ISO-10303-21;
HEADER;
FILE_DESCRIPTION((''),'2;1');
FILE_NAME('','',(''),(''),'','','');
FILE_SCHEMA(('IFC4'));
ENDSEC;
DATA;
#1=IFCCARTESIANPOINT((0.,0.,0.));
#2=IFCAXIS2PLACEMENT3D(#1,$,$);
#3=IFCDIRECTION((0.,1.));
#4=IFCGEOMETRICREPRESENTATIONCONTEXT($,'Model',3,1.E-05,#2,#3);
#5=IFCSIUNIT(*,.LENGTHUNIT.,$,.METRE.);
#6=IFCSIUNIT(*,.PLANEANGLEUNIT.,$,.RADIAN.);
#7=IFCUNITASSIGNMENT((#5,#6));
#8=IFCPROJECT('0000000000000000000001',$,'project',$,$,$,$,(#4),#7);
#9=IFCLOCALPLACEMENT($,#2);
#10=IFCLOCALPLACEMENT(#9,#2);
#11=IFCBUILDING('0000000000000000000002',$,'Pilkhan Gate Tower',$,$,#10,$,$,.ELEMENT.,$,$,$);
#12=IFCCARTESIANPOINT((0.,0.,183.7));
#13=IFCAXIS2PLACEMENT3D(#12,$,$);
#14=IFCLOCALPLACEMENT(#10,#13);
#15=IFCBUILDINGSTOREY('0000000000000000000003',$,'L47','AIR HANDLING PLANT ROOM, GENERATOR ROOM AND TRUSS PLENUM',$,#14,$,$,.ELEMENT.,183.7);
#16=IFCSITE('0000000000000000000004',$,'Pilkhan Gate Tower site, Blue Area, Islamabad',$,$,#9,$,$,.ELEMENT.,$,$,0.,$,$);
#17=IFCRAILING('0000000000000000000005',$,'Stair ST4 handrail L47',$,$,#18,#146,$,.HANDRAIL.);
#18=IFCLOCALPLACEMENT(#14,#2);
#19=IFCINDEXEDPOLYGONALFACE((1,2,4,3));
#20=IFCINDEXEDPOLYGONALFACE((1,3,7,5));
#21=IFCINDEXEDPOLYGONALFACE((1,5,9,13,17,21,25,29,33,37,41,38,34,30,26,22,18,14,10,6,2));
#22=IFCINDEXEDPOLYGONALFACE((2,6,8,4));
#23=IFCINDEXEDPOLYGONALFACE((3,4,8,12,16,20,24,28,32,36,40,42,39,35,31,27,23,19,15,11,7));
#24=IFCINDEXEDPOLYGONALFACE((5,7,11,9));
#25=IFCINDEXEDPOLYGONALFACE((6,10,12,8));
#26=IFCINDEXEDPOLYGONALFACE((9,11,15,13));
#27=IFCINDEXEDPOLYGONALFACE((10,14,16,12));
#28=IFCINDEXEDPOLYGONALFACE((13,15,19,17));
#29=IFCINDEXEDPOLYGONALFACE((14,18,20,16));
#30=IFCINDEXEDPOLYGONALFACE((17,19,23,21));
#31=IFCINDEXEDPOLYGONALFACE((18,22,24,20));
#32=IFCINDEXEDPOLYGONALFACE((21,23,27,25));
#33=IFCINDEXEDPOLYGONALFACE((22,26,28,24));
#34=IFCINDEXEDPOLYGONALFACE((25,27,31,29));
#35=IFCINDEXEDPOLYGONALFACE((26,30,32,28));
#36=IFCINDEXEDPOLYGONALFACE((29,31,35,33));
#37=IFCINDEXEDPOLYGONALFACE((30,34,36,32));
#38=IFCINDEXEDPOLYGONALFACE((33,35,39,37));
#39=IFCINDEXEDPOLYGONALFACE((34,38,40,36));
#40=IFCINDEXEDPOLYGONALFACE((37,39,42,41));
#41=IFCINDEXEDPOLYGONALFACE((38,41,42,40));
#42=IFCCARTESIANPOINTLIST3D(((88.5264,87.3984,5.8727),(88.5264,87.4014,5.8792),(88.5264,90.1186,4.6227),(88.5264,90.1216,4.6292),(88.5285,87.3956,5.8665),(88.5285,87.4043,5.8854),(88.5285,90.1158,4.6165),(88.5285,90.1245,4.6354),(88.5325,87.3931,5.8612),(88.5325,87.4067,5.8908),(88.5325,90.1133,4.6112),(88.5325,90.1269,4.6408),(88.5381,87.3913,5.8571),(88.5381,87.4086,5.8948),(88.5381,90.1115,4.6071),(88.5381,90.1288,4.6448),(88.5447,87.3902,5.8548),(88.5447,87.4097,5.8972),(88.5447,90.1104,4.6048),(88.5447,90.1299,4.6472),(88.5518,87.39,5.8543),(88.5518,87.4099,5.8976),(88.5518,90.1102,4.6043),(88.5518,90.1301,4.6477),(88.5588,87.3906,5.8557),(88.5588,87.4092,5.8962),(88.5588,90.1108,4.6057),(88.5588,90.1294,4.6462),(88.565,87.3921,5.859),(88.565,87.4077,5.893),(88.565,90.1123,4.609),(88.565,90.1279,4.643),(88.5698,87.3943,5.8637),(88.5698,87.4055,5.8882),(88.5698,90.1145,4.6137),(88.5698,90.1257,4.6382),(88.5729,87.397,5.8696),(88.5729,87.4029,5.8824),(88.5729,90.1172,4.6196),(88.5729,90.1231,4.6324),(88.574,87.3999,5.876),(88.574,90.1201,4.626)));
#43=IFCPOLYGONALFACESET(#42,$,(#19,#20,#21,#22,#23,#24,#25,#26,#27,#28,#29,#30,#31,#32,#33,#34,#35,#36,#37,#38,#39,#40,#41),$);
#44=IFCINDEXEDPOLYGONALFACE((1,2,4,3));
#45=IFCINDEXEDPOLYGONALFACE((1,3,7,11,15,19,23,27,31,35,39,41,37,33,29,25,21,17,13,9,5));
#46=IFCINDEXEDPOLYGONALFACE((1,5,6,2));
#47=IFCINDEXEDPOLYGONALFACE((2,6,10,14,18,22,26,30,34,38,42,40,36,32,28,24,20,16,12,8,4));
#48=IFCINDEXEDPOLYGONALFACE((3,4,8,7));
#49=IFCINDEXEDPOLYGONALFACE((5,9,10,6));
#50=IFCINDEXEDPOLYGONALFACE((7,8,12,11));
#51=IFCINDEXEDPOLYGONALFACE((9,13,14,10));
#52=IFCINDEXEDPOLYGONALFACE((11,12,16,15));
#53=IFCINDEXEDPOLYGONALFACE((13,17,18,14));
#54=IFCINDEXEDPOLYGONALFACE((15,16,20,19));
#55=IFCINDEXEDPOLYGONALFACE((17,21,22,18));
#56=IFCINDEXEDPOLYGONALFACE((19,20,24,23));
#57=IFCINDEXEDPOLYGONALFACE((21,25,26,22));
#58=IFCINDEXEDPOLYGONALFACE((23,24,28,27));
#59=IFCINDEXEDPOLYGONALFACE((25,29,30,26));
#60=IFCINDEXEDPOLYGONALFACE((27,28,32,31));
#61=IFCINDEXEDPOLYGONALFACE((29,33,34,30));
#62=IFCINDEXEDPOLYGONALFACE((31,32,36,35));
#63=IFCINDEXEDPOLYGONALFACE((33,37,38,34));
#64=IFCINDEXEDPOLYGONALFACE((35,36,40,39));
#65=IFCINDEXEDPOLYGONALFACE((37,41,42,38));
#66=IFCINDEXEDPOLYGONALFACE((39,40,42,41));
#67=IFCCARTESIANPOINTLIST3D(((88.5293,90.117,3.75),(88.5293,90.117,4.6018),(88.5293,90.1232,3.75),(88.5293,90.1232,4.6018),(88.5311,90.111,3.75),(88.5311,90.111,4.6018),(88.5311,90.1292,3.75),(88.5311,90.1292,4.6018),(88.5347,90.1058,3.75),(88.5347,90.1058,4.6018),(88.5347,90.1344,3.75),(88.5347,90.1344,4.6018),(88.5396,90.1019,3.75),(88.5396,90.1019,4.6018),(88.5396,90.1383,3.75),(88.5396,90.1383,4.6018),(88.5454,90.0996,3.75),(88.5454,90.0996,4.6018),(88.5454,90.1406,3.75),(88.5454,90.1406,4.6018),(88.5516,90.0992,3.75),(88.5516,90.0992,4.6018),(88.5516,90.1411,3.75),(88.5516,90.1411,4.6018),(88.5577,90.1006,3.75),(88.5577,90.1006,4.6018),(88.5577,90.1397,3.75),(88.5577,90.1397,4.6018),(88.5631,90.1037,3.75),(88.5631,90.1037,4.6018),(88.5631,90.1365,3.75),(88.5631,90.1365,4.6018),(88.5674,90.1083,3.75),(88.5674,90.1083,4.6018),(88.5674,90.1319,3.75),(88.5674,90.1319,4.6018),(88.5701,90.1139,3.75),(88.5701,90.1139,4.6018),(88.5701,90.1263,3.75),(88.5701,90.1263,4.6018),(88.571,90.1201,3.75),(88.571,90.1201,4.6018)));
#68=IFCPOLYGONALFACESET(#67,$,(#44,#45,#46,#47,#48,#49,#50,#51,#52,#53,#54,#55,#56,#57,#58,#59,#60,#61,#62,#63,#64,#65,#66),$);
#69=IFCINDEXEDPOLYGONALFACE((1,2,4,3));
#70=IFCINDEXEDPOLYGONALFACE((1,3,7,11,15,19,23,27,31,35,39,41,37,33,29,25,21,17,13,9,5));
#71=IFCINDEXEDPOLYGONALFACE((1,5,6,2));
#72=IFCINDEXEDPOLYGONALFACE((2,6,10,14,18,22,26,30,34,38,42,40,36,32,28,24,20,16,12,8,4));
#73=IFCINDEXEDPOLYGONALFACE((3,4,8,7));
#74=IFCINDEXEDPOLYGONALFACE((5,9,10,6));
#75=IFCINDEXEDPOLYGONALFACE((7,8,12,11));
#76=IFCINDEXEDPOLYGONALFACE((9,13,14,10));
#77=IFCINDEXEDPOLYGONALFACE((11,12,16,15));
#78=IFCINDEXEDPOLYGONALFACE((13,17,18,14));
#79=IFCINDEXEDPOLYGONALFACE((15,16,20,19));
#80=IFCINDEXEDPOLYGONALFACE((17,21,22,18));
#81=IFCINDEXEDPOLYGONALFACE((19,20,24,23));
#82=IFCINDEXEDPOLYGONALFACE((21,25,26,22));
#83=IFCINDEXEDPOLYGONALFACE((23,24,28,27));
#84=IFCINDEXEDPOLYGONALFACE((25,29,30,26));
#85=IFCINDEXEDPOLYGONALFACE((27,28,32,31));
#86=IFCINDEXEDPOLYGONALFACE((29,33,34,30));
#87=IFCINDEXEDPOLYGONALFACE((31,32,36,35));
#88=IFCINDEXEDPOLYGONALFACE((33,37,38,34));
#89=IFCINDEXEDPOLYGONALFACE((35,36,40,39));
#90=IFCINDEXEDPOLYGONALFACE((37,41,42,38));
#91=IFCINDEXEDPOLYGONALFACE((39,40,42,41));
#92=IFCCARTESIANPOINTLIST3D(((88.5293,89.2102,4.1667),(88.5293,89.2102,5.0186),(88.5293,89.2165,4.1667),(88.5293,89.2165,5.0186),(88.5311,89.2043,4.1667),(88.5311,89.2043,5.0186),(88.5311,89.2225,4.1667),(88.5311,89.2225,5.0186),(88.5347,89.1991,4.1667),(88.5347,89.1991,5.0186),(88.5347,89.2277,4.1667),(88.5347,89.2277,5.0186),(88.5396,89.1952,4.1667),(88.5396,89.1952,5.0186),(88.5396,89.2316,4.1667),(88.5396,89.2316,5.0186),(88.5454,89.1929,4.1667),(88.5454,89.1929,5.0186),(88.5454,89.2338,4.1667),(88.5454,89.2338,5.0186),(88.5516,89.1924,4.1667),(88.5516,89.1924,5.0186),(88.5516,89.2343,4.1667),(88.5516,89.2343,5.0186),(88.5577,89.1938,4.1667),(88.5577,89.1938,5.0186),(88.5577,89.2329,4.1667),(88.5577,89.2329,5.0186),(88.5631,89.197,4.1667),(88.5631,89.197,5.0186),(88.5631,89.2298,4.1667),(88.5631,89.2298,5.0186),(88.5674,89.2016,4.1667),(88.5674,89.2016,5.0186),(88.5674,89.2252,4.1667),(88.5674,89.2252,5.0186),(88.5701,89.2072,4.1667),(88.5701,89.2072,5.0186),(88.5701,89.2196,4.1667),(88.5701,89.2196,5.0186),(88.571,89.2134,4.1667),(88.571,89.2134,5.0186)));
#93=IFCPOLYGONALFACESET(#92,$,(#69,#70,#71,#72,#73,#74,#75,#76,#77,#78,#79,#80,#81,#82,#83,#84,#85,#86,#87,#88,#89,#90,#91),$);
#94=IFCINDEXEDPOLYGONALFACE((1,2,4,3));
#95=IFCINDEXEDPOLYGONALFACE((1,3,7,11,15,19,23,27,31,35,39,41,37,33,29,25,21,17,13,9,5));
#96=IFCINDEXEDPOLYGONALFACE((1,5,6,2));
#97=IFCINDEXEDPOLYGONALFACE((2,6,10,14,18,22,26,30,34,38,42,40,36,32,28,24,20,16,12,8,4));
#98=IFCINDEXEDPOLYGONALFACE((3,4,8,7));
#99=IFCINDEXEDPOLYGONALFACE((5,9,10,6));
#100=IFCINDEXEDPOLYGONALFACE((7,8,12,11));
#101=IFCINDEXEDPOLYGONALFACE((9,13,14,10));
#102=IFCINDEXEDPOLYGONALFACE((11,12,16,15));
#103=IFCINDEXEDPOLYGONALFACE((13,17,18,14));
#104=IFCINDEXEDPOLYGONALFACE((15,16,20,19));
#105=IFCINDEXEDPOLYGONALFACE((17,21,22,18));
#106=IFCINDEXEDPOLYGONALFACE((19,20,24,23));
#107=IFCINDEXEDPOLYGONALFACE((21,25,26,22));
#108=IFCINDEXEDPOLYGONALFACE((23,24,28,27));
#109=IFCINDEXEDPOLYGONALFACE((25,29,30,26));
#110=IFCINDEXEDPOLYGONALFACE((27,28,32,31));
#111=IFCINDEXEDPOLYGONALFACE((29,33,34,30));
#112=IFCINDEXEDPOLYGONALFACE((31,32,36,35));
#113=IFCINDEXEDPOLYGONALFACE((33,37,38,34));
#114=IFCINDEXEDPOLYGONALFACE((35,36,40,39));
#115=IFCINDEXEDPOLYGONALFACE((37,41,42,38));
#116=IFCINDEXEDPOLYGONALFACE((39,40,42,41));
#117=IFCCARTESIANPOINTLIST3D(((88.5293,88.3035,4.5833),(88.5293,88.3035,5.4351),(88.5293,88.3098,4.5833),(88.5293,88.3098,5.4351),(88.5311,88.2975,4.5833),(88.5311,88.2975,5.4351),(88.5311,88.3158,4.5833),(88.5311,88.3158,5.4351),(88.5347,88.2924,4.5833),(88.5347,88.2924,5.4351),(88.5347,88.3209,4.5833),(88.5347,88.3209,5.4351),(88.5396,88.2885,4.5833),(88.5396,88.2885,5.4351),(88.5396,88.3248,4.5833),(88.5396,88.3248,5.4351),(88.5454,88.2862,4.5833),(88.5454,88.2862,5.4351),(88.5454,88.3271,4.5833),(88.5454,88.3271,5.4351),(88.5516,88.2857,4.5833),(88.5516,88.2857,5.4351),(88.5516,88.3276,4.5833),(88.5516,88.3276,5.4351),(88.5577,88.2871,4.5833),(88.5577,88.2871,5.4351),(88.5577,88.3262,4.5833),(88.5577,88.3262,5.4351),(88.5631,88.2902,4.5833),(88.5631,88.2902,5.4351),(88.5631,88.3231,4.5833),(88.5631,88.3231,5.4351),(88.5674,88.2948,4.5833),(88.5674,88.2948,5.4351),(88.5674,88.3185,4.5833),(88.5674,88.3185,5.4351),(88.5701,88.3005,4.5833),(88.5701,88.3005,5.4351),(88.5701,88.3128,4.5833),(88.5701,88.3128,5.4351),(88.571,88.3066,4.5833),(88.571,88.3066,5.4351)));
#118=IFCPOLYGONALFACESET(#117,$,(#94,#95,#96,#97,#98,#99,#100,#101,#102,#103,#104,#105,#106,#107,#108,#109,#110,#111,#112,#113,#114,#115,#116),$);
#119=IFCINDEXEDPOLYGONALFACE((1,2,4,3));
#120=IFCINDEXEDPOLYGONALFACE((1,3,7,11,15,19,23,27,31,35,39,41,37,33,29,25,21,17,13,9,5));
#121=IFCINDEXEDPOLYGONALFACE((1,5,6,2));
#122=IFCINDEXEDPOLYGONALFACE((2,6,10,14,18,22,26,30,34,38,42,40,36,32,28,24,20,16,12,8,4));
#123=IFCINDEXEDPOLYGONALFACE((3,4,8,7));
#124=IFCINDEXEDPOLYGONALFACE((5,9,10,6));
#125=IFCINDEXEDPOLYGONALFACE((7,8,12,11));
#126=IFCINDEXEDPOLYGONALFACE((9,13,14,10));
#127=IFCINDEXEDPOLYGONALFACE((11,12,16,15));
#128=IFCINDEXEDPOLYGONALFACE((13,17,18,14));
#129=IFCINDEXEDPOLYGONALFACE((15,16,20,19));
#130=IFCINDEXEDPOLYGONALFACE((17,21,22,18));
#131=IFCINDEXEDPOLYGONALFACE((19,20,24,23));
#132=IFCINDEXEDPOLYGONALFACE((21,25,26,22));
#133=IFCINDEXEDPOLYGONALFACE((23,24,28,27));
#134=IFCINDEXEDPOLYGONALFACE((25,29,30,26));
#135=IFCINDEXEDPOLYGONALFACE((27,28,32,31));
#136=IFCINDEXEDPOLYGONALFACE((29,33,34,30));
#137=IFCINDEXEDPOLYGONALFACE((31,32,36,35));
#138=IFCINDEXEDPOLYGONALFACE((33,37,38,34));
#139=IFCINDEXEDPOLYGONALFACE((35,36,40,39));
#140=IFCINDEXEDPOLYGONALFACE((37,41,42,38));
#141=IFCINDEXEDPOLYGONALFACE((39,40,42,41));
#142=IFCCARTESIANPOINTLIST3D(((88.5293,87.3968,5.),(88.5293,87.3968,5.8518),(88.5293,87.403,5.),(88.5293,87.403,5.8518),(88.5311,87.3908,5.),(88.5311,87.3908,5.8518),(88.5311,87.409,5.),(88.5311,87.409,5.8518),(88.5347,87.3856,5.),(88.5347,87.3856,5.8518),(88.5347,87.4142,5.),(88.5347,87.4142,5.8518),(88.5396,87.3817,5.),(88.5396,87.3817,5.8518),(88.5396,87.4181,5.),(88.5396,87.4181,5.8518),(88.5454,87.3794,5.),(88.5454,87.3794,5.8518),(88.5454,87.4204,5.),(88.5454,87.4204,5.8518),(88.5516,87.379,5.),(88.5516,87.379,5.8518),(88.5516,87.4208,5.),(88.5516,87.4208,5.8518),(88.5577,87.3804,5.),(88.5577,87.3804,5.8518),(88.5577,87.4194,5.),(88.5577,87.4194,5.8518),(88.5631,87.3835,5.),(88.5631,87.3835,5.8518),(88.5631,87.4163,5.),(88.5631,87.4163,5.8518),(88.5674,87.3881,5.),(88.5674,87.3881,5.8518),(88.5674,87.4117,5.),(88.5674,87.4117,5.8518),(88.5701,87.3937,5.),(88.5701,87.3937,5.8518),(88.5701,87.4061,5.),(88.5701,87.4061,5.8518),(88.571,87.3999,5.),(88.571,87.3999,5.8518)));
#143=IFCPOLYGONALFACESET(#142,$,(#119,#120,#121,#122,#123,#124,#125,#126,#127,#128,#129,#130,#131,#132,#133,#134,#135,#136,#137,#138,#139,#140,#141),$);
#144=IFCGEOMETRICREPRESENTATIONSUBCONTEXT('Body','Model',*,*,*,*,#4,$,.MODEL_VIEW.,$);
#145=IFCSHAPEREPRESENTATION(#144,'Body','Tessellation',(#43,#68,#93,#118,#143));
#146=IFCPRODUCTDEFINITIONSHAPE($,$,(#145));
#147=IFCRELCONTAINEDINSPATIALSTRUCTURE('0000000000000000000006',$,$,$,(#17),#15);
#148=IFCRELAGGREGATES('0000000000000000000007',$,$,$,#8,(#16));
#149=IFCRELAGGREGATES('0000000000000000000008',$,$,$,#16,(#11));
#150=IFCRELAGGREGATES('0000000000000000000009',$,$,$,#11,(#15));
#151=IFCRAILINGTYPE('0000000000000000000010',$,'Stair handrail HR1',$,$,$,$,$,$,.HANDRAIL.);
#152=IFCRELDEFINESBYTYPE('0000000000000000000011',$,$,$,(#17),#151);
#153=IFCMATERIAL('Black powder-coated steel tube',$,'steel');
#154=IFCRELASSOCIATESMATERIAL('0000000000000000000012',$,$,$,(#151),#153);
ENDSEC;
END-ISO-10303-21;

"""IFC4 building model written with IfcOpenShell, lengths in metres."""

from ifc_helpers import new_model, si_unit, direction, frame, origin, origin_2d, place, context, subcontext, project, spatial, circle, extrude, material, type_object, element, save


model = new_model("IFC4")

# Units and contexts
model_context = context("Model", 3, precision=1e-05, world=origin(), true_north=direction((0.0, 1.0)))
body_context = subcontext(model_context, "Body", "Model", "MODEL_VIEW")
ifc_project = project(units=[si_unit("LENGTHUNIT", "METRE"), si_unit("PLANEANGLEUNIT", "RADIAN")], contexts=[model_context])

# Site, building, storey
site_placement = place(None, origin())
site = spatial("IfcSite", under=ifc_project, at=site_placement, Name="Pilkhan Gate Tower site, Blue Area, Islamabad", CompositionType="ELEMENT", RefElevation=0.0)
building_placement = place(site_placement, origin())
building = spatial("IfcBuilding", under=site, at=building_placement, Name="Pilkhan Gate Tower", CompositionType="ELEMENT")
storey_placement = place(building_placement, frame((0.0, 0.0, 183.7)))
storey = spatial("IfcBuildingStorey", under=building, at=storey_placement, Name="L47", Description="AIR HANDLING PLANT ROOM, GENERATOR ROOM AND TRUSS PLENUM", CompositionType="ELEMENT", Elevation=183.7)

# Railing
ifc_material_1 = material(Name="Black powder-coated steel tube", Category="steel")
railing_type_1 = type_object("IfcRailingType", Name="Stair handrail HR1", PredefinedType="HANDRAIL", material=ifc_material_1)
for number, where, name in (
    (1, (88.55, 90.1201, 3.75), "Stair ST4 handrail L47"),
):
    element("IfcRailing", number, at=place(storey_placement, frame(where)), inside=storey, type_object=railing_type_1, Name=name, PredefinedType="HANDRAIL", context=body_context, shape_type="SweptSolid", body=[
        extrude(circle(Radius=0.0239, at=origin_2d()), frame((0.0, 0.0, 0.876), z_axis=(0.0, -0.908655, 0.417547), x_axis=(1.0, 0.0, 0.0)), (0.0, 0.0, 1.0), 2.9937),
        extrude(circle(Radius=0.021, at=origin_2d()), origin(), (0.0, 0.0, 1.0), 0.8518),
        extrude(circle(Radius=0.021, at=origin_2d()), frame((0.0, -0.9067, 0.4167)), (0.0, 0.0, 1.0), 0.8518),
        extrude(circle(Radius=0.021, at=origin_2d()), frame((0.0, -1.8135, 0.8333)), (0.0, 0.0, 1.0), 0.8518),
        extrude(circle(Radius=0.021, at=origin_2d()), frame((0.0, -2.7202, 1.25)), (0.0, 0.0, 1.0), 0.8518),
    ])

save(model, "model.ifc")
